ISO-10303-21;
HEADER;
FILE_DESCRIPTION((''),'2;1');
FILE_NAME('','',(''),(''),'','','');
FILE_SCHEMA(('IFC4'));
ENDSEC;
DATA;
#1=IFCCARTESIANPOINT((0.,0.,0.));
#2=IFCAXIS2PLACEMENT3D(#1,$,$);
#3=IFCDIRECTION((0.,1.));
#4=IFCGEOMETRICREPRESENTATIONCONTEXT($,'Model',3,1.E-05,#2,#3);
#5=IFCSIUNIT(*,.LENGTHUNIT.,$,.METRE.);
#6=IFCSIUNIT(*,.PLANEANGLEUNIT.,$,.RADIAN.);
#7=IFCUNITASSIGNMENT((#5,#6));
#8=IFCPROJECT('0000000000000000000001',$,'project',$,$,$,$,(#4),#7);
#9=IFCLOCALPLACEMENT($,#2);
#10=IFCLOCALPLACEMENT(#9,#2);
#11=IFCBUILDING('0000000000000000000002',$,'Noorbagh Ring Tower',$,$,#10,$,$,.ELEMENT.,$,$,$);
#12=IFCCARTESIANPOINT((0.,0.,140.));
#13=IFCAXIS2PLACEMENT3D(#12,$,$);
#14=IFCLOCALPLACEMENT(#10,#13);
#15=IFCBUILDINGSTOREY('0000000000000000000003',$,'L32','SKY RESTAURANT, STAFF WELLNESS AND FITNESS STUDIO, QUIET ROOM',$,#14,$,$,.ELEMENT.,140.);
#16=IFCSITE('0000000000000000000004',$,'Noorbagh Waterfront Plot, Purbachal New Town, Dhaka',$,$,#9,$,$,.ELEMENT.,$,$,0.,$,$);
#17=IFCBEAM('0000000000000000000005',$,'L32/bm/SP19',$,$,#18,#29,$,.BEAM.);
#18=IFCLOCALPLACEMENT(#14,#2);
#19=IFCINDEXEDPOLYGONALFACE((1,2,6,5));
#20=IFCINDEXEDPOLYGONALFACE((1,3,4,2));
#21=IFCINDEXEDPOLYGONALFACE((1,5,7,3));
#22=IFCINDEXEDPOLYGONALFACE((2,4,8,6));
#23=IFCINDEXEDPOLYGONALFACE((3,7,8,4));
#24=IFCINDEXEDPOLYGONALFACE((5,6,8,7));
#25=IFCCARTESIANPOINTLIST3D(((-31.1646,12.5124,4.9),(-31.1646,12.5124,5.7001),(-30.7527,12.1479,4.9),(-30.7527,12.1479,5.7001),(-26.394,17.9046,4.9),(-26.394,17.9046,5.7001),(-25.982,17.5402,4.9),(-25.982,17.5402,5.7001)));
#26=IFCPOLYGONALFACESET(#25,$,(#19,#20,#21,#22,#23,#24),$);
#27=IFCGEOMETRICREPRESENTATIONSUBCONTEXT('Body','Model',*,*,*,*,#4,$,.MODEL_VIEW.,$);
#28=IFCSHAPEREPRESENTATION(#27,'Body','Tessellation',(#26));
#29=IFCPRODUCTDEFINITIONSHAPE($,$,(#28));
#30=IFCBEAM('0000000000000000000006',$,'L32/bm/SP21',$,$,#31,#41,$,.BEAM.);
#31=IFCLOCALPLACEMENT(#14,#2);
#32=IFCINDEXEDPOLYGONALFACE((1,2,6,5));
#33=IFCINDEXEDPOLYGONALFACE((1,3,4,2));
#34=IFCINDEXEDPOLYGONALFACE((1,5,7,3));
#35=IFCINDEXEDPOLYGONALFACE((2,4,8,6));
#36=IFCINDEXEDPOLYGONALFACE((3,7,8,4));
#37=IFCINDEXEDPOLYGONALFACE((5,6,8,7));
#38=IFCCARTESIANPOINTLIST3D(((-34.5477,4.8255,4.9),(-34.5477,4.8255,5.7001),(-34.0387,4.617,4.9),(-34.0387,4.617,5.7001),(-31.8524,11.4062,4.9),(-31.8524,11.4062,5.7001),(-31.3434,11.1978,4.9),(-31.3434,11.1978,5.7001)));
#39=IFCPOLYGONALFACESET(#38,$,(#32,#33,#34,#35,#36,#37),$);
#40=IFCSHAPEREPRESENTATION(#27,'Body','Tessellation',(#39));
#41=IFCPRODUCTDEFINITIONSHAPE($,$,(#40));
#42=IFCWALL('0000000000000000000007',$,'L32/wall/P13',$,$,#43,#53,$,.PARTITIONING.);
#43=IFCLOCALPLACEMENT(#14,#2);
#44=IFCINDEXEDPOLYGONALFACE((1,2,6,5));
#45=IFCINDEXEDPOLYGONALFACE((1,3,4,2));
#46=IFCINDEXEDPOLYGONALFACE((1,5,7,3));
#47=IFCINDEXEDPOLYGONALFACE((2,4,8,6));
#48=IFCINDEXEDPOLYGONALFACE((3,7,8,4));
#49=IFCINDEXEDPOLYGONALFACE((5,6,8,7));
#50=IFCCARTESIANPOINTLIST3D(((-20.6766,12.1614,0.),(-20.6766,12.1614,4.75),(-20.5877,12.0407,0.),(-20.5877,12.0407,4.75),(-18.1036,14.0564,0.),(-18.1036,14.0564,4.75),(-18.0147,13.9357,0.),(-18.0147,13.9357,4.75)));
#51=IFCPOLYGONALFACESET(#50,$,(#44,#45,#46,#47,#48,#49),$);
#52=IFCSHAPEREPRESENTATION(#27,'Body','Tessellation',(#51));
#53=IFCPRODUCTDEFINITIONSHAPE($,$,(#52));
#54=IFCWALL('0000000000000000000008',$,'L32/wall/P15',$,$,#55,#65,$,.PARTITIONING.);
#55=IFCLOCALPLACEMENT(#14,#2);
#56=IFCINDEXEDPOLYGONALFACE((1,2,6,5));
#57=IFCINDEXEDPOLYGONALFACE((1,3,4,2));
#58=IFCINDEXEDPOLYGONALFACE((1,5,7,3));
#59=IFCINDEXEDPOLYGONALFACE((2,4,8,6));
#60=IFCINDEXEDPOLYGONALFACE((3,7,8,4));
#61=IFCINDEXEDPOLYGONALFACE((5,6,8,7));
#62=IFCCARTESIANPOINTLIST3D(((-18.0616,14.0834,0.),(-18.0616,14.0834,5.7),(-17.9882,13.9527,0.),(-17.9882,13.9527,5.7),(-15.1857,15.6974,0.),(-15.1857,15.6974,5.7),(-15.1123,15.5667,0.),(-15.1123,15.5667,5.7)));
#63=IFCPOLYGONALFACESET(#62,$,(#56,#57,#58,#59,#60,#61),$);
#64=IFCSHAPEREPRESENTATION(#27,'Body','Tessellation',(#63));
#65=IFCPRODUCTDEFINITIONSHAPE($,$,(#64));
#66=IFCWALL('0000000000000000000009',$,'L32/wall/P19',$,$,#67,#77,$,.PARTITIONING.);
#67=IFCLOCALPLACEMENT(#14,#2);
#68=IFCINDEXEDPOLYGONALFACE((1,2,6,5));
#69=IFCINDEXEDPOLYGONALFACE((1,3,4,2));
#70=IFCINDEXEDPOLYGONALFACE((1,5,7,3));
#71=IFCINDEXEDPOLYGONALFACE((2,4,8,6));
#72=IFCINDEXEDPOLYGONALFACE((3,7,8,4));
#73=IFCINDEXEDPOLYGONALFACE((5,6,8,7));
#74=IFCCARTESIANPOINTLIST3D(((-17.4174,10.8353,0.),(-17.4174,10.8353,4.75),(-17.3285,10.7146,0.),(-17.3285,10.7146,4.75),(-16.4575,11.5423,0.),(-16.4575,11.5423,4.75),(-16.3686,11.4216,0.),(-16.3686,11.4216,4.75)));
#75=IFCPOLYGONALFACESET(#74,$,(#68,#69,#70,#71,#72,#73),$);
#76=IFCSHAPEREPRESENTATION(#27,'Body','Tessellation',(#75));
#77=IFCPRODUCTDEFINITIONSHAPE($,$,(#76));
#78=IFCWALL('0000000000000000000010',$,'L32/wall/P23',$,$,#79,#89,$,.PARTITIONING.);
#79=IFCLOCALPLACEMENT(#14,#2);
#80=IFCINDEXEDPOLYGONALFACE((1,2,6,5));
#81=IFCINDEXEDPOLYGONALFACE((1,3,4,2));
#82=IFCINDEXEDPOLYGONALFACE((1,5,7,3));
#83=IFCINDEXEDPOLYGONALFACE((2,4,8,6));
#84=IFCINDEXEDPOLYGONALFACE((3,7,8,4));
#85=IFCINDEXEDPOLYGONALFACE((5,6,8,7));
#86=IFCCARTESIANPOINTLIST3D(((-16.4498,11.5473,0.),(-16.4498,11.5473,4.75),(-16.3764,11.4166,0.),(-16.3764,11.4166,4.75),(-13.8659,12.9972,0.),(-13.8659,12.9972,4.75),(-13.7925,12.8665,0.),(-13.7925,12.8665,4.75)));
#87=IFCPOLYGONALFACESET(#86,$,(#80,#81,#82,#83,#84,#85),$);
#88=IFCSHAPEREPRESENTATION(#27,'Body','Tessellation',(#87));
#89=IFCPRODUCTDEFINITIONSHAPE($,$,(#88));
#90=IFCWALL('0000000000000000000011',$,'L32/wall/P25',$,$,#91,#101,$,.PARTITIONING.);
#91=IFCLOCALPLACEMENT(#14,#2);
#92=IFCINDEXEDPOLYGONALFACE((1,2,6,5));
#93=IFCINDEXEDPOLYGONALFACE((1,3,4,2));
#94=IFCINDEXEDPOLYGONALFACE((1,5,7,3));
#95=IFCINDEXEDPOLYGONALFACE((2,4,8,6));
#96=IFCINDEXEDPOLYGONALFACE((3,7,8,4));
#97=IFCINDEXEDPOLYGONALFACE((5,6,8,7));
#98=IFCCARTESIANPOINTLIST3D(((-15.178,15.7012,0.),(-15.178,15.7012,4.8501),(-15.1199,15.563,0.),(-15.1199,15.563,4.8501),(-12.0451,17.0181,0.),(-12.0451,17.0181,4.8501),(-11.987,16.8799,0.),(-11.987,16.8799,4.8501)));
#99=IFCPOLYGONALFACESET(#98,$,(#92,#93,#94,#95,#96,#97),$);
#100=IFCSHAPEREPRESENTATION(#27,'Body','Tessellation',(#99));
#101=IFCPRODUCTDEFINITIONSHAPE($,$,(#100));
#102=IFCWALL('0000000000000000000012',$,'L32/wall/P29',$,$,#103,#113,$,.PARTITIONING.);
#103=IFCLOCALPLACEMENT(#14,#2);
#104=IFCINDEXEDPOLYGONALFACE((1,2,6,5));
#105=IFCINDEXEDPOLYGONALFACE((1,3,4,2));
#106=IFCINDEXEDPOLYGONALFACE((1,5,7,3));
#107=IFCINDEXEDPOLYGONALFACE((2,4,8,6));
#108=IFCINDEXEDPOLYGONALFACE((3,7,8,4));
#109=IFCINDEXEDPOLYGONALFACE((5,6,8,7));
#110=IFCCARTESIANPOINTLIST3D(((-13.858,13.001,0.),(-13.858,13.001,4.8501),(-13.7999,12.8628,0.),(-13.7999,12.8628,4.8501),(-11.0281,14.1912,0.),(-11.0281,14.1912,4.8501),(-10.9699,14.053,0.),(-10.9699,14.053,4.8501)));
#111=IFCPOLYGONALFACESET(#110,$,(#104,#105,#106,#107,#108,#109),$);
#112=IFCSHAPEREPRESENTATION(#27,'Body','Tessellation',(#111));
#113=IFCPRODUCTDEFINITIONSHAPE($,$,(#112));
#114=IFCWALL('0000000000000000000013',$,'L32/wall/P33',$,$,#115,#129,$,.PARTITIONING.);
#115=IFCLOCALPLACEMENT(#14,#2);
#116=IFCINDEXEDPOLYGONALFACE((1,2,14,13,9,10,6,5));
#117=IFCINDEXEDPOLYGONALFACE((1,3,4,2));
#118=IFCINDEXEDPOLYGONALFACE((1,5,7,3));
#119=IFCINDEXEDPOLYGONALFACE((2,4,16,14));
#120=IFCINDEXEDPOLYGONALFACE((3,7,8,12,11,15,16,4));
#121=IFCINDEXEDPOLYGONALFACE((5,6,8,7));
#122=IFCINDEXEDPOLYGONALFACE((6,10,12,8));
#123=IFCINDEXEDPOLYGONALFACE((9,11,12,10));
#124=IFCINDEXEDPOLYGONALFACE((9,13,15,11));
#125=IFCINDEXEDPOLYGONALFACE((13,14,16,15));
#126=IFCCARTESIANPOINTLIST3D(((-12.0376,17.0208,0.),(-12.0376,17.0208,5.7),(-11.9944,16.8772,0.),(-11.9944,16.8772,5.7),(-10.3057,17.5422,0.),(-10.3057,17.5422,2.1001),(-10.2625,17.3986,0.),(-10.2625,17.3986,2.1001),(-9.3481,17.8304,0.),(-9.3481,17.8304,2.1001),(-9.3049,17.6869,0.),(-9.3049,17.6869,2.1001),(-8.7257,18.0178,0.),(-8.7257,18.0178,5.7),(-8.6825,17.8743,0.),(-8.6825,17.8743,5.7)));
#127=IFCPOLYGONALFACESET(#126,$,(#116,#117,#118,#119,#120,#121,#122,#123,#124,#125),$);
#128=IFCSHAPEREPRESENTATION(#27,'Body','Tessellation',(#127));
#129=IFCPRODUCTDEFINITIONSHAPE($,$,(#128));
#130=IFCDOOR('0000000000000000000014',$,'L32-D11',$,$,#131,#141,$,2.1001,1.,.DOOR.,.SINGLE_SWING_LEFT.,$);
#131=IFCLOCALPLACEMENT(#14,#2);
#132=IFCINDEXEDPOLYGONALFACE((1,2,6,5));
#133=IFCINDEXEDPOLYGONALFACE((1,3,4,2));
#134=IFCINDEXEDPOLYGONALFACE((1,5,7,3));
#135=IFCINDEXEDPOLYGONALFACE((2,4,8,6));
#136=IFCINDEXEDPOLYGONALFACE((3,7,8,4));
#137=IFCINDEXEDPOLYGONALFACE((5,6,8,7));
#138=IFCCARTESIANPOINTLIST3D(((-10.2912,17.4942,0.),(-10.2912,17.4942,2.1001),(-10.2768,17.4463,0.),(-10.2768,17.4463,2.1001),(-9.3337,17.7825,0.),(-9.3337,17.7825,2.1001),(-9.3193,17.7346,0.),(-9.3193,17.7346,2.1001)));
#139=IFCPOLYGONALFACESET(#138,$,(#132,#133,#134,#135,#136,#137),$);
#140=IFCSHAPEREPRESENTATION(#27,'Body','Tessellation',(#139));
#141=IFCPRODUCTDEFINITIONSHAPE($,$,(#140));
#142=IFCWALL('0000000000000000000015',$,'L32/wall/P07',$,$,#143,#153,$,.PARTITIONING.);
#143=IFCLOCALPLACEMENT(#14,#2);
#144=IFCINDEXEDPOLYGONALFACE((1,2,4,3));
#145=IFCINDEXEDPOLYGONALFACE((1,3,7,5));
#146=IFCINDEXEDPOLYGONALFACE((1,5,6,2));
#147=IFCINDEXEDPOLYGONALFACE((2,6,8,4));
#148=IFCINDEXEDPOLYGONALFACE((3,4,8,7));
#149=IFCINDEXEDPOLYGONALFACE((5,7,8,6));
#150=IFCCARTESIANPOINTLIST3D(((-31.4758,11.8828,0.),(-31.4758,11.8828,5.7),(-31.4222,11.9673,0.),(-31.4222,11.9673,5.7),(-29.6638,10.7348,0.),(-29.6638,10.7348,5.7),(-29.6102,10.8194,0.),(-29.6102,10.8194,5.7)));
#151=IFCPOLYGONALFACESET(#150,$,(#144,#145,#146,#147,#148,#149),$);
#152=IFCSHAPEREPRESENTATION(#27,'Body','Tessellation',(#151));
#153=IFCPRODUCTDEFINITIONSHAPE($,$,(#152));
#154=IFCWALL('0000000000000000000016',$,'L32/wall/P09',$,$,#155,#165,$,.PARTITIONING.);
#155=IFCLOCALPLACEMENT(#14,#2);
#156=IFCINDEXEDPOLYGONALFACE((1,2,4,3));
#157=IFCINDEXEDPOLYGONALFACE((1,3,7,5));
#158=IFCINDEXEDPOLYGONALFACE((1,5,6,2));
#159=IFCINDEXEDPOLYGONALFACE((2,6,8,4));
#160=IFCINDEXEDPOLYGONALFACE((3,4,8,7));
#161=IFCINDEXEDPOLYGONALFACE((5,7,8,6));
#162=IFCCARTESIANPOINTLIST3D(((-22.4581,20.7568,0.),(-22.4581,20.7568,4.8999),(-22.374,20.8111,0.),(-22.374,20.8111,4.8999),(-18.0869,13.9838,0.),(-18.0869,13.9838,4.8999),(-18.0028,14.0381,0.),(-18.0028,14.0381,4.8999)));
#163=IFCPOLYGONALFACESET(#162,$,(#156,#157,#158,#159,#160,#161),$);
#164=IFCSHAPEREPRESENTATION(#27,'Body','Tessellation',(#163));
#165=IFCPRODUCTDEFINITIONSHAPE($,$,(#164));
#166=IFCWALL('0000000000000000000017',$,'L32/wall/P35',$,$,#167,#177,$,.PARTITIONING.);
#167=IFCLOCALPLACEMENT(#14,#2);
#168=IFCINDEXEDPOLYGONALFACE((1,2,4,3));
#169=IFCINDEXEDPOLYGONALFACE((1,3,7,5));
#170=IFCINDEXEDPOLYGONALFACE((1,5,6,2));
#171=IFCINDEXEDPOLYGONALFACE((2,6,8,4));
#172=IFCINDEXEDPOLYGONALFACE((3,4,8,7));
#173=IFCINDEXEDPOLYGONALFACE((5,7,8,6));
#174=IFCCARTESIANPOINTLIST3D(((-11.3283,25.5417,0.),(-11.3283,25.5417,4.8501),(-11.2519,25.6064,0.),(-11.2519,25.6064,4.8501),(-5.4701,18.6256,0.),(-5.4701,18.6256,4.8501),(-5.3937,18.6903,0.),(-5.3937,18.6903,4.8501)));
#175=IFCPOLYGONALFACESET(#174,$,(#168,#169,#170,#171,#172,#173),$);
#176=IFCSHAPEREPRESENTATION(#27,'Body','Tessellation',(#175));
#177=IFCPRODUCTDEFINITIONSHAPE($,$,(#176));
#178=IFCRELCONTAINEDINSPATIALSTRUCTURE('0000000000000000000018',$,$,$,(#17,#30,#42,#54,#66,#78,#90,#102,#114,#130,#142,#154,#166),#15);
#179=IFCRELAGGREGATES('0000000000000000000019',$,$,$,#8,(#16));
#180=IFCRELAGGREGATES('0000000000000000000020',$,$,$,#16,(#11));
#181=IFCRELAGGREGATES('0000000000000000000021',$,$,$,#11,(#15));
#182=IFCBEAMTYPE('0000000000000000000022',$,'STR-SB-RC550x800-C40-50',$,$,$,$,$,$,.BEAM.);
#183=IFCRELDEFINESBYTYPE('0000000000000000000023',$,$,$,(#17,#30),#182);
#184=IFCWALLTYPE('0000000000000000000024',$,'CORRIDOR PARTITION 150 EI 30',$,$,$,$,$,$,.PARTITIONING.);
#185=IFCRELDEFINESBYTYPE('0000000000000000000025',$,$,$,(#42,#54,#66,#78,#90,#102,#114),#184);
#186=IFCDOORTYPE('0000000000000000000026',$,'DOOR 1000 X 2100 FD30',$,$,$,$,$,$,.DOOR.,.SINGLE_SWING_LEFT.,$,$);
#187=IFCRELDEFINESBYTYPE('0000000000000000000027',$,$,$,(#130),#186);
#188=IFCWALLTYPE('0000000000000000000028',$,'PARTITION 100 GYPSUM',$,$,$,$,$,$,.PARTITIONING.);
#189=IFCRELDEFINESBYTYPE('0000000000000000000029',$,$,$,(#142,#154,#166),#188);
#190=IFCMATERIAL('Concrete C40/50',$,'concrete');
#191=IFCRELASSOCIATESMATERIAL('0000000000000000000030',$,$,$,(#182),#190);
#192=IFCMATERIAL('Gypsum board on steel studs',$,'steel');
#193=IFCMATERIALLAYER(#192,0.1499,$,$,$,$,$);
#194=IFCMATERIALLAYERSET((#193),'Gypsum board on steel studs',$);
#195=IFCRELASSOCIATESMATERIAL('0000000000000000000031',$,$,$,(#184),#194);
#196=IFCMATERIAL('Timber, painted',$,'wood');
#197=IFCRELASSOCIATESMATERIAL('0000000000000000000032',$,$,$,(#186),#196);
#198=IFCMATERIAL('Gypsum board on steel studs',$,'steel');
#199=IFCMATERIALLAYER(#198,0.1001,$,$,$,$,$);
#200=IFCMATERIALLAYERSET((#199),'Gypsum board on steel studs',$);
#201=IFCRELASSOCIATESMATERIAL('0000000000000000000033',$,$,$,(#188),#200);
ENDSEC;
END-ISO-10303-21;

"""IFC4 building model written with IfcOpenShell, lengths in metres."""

from ifc_helpers import new_model, si_unit, direction, frame, frame_2d, origin, origin_2d, place, context, subcontext, project, spatial, rectangle, extrude, material, layer, layer_set, material_profile, profile_set, type_object, element, fill, save


model = new_model("IFC4")

# Units and contexts
model_context = context("Model", 3, precision=1e-05, world=origin(), true_north=direction((0.0, 1.0)))
body_context = subcontext(model_context, "Body", "Model", "MODEL_VIEW")
ifc_project = project(units=[si_unit("LENGTHUNIT", "METRE"), si_unit("PLANEANGLEUNIT", "RADIAN")], contexts=[model_context])

# Site, building, storey
site_placement = place(None, origin())
site = spatial("IfcSite", under=ifc_project, at=site_placement, Name="Noorbagh Waterfront Plot, Purbachal New Town, Dhaka", CompositionType="ELEMENT", RefElevation=0.0)
building_placement = place(site_placement, origin())
building = spatial("IfcBuilding", under=site, at=building_placement, Name="Noorbagh Ring Tower", CompositionType="ELEMENT")
storey_placement = place(building_placement, frame((0.0, 0.0, 140.0)))
storey = spatial("IfcBuildingStorey", under=building, at=storey_placement, Name="L32", Description="SKY RESTAURANT, STAFF WELLNESS AND FITNESS STUDIO, QUIET ROOM", CompositionType="ELEMENT", Elevation=140.0)

# Beams
ifc_material_1 = material(Name="Concrete C40/50", Category="concrete")
ifc_material_profile_1 = material_profile(ifc_material_1, rectangle(XDim=0.55, YDim=0.8, at=origin_2d()), Name="RC550x800")
ifc_profile_set_1 = profile_set([ifc_material_profile_1], Name="Concrete C40/50")
beam_type_1 = type_object("IfcBeamType", Name="STR-SB-RC550x800-C40-50", PredefinedType="BEAM", material=ifc_profile_set_1)
beam_1_placement = place(storey_placement, frame((-26.188, 17.7224, 5.3), z_axis=(-0.662621, -0.748954, 0.0), x_axis=(0.748954, -0.662621, 0.0)))
element("IfcBeam", 1, at=beam_1_placement, inside=storey, type_object=beam_type_1, Name="L32/bm/SP19", PredefinedType="BEAM", context=body_context, shape_type="SweptSolid", body=[
    extrude(rectangle(XDim=0.55, YDim=0.8, at=origin_2d()), origin(), (0.0, 0.0, 1.0), 7.1997),
])
beam_2_placement = place(storey_placement, frame((-31.5979, 11.302, 5.3), z_axis=(-0.379014, -0.925391, 0.0), x_axis=(0.925391, -0.379014, 0.0)))
element("IfcBeam", 2, at=beam_2_placement, inside=storey, type_object=beam_type_1, Name="L32/bm/SP21", PredefinedType="BEAM", context=body_context, shape_type="SweptSolid", body=[
    extrude(rectangle(XDim=0.55, YDim=0.8, at=origin_2d()), origin(), (0.0, 0.0, 1.0), 7.1113),
])

# Walls
ifc_material_2 = material(Name="Gypsum board on steel studs", Category="steel")
ifc_layer_1 = layer(ifc_material_2, 0.1499)
ifc_layer_set_1 = layer_set([ifc_layer_1], Name="Gypsum board on steel studs")
wall_type_1 = type_object("IfcWallType", Name="CORRIDOR PARTITION 150 EI 30", PredefinedType="PARTITIONING", material=ifc_layer_set_1)
wall_1_placement = place(storey_placement, frame((-20.6321, 12.1011, 0.0), z_axis=(0.0, 0.0, 1.0), x_axis=(0.805186, 0.593022, 0.0)))
element("IfcWall", 3, at=wall_1_placement, inside=storey, type_object=wall_type_1, Name="L32/wall/P13", PredefinedType="PARTITIONING", context=body_context, shape_type="SweptSolid", body=[
    extrude(rectangle(XDim=3.1956, YDim=0.1499, at=frame_2d((1.5977, 0.0))), origin(), (0.0, 0.0, 1.0), 4.75),
])
wall_2_placement = place(storey_placement, frame((-18.0249, 14.0181, 0.0), z_axis=(0.0, 0.0, 1.0), x_axis=(0.872058, 0.489403, 0.0)))
element("IfcWall", 4, at=wall_2_placement, inside=storey, type_object=wall_type_1, Name="L32/wall/P15", PredefinedType="PARTITIONING", context=body_context, shape_type="SweptSolid", body=[
    extrude(rectangle(XDim=3.2979, YDim=0.1499, at=frame_2d((1.6489, 0.0))), origin(), (0.0, 0.0, 1.0), 5.7),
])
wall_3_placement = place(storey_placement, frame((-17.373, 10.7749, 0.0), z_axis=(0.0, 0.0, 1.0), x_axis=(0.805179, 0.593031, 0.0)))
element("IfcWall", 5, at=wall_3_placement, inside=storey, type_object=wall_type_1, Name="L32/wall/P19", PredefinedType="PARTITIONING", context=body_context, shape_type="SweptSolid", body=[
    extrude(rectangle(XDim=1.1921, YDim=0.1499, at=frame_2d((0.5962, 0.0))), origin(), (0.0, 0.0, 1.0), 4.75),
])
wall_4_placement = place(storey_placement, frame((-16.4131, 11.4819, 0.0), z_axis=(0.0, 0.0, 1.0), x_axis=(0.872086, 0.489353, 0.0)))
element("IfcWall", 6, at=wall_4_placement, inside=storey, type_object=wall_type_1, Name="L32/wall/P23", PredefinedType="PARTITIONING", context=body_context, shape_type="SweptSolid", body=[
    extrude(rectangle(XDim=2.9629, YDim=0.1499, at=frame_2d((1.4814, 0.0))), origin(), (0.0, 0.0, 1.0), 4.75),
])
wall_5_placement = place(storey_placement, frame((-15.1489, 15.6321, 0.0), z_axis=(0.0, 0.0, 1.0), x_axis=(0.921865, 0.387511, 0.0)))
element("IfcWall", 7, at=wall_5_placement, inside=storey, type_object=wall_type_1, Name="L32/wall/P25", PredefinedType="PARTITIONING", context=body_context, shape_type="SweptSolid", body=[
    extrude(rectangle(XDim=3.3984, YDim=0.1499, at=frame_2d((1.6992, 0.0))), origin(), (0.0, 0.0, 1.0), 4.8501),
])
wall_6_placement = place(storey_placement, frame((-13.8291, 12.9319, 0.0), z_axis=(0.0, 0.0, 1.0), x_axis=(0.921801, 0.387662, 0.0)))
element("IfcWall", 8, at=wall_6_placement, inside=storey, type_object=wall_type_1, Name="L32/wall/P29", PredefinedType="PARTITIONING", context=body_context, shape_type="SweptSolid", body=[
    extrude(rectangle(XDim=3.0701, YDim=0.1499, at=frame_2d((1.5352, 0.0))), origin(), (0.0, 0.0, 1.0), 4.8501),
])

# Wall, opening, door
wall_7_placement = place(storey_placement, frame((-12.0161, 16.949, 0.0), z_axis=(0.0, 0.0, 1.0), x_axis=(0.95755, 0.288267, 0.0)))
wall_7 = element("IfcWall", 9, at=wall_7_placement, inside=storey, type_object=wall_type_1, Name="L32/wall/P33", PredefinedType="PARTITIONING", context=body_context, shape_type="SweptSolid", body=[
    extrude(rectangle(XDim=3.4587, YDim=0.1499, at=frame_2d((1.7295, 0.0))), origin(), (0.0, 0.0, 1.0), 5.7),
])
opening_placement = place(wall_7_placement, frame((1.8088, 0.0, 0.0)))
opening = element("IfcOpeningElement", 10, at=opening_placement, cuts=wall_7, PredefinedType="OPENING", context=body_context, shape_type="SweptSolid", body=[
    extrude(rectangle(XDim=1.0, YDim=2.1001, at=frame_2d((0.5, 1.05))), frame((0.0, 0.085, 0.0), z_axis=(0.0, -1.0, 0.0), x_axis=(1.0, 0.0, 0.0)), (0.0, 0.0, 1.0), 0.1699),
])
ifc_material_3 = material(Name="Timber, painted", Category="wood")
door_type = type_object("IfcDoorType", Name="DOOR 1000 X 2100 FD30", OperationType="SINGLE_SWING_LEFT", PredefinedType="DOOR", material=ifc_material_3)
door_placement = place(opening_placement, origin())
door = element("IfcDoor", 11, at=door_placement, inside=storey, type_object=door_type, Name="L32-D11", OperationType="SINGLE_SWING_LEFT", OverallHeight=2.1001, OverallWidth=1.0, PredefinedType="DOOR", context=body_context, shape_type="SweptSolid", body=[
    extrude(rectangle(XDim=1.0, YDim=2.1001, at=frame_2d((0.5, 1.05))), frame((0.0, 0.0249, 0.0), z_axis=(0.0, -1.0, 0.0), x_axis=(1.0, 0.0, 0.0)), (0.0, 0.0, 1.0), 0.05),
])
fill(opening, door)

# Walls
ifc_material_4 = material(Name="Gypsum board on steel studs", Category="steel")
ifc_layer_2 = layer(ifc_material_4, 0.1001)
ifc_layer_set_2 = layer_set([ifc_layer_2], Name="Gypsum board on steel studs")
wall_type_2 = type_object("IfcWallType", Name="PARTITION 100 GYPSUM", PredefinedType="PARTITIONING", material=ifc_layer_set_2)
wall_8_placement = place(storey_placement, frame((-31.449, 11.925, 0.0), z_axis=(0.0, 0.0, 1.0), x_axis=(0.844747, -0.535166, 0.0)))
element("IfcWall", 12, at=wall_8_placement, inside=storey, type_object=wall_type_2, Name="L32/wall/P07", PredefinedType="PARTITIONING", context=body_context, shape_type="SweptSolid", body=[
    extrude(rectangle(XDim=2.145, YDim=0.1001, at=frame_2d((1.0725, 0.0))), origin(), (0.0, 0.0, 1.0), 5.7),
])
wall_9_placement = place(storey_placement, frame((-22.416, 20.7839, 0.0), z_axis=(0.0, 0.0, 1.0), x_axis=(0.542254, -0.840215, 0.0)))
element("IfcWall", 13, at=wall_9_placement, inside=storey, type_object=wall_type_2, Name="L32/wall/P09", PredefinedType="PARTITIONING", context=body_context, shape_type="SweptSolid", body=[
    extrude(rectangle(XDim=8.061, YDim=0.1001, at=frame_2d((4.0305, 0.0))), origin(), (0.0, 0.0, 1.0), 4.8999),
])
wall_10_placement = place(storey_placement, frame((-11.29, 25.574, 0.0), z_axis=(0.0, 0.0, 1.0), x_axis=(0.646337, -0.763052, 0.0)))
element("IfcWall", 14, at=wall_10_placement, inside=storey, type_object=wall_type_2, Name="L32/wall/P35", PredefinedType="PARTITIONING", context=body_context, shape_type="SweptSolid", body=[
    extrude(rectangle(XDim=9.0637, YDim=0.1001, at=frame_2d((4.5317, 0.0))), origin(), (0.0, 0.0, 1.0), 4.8501),
])

save(model, "model.ifc")
